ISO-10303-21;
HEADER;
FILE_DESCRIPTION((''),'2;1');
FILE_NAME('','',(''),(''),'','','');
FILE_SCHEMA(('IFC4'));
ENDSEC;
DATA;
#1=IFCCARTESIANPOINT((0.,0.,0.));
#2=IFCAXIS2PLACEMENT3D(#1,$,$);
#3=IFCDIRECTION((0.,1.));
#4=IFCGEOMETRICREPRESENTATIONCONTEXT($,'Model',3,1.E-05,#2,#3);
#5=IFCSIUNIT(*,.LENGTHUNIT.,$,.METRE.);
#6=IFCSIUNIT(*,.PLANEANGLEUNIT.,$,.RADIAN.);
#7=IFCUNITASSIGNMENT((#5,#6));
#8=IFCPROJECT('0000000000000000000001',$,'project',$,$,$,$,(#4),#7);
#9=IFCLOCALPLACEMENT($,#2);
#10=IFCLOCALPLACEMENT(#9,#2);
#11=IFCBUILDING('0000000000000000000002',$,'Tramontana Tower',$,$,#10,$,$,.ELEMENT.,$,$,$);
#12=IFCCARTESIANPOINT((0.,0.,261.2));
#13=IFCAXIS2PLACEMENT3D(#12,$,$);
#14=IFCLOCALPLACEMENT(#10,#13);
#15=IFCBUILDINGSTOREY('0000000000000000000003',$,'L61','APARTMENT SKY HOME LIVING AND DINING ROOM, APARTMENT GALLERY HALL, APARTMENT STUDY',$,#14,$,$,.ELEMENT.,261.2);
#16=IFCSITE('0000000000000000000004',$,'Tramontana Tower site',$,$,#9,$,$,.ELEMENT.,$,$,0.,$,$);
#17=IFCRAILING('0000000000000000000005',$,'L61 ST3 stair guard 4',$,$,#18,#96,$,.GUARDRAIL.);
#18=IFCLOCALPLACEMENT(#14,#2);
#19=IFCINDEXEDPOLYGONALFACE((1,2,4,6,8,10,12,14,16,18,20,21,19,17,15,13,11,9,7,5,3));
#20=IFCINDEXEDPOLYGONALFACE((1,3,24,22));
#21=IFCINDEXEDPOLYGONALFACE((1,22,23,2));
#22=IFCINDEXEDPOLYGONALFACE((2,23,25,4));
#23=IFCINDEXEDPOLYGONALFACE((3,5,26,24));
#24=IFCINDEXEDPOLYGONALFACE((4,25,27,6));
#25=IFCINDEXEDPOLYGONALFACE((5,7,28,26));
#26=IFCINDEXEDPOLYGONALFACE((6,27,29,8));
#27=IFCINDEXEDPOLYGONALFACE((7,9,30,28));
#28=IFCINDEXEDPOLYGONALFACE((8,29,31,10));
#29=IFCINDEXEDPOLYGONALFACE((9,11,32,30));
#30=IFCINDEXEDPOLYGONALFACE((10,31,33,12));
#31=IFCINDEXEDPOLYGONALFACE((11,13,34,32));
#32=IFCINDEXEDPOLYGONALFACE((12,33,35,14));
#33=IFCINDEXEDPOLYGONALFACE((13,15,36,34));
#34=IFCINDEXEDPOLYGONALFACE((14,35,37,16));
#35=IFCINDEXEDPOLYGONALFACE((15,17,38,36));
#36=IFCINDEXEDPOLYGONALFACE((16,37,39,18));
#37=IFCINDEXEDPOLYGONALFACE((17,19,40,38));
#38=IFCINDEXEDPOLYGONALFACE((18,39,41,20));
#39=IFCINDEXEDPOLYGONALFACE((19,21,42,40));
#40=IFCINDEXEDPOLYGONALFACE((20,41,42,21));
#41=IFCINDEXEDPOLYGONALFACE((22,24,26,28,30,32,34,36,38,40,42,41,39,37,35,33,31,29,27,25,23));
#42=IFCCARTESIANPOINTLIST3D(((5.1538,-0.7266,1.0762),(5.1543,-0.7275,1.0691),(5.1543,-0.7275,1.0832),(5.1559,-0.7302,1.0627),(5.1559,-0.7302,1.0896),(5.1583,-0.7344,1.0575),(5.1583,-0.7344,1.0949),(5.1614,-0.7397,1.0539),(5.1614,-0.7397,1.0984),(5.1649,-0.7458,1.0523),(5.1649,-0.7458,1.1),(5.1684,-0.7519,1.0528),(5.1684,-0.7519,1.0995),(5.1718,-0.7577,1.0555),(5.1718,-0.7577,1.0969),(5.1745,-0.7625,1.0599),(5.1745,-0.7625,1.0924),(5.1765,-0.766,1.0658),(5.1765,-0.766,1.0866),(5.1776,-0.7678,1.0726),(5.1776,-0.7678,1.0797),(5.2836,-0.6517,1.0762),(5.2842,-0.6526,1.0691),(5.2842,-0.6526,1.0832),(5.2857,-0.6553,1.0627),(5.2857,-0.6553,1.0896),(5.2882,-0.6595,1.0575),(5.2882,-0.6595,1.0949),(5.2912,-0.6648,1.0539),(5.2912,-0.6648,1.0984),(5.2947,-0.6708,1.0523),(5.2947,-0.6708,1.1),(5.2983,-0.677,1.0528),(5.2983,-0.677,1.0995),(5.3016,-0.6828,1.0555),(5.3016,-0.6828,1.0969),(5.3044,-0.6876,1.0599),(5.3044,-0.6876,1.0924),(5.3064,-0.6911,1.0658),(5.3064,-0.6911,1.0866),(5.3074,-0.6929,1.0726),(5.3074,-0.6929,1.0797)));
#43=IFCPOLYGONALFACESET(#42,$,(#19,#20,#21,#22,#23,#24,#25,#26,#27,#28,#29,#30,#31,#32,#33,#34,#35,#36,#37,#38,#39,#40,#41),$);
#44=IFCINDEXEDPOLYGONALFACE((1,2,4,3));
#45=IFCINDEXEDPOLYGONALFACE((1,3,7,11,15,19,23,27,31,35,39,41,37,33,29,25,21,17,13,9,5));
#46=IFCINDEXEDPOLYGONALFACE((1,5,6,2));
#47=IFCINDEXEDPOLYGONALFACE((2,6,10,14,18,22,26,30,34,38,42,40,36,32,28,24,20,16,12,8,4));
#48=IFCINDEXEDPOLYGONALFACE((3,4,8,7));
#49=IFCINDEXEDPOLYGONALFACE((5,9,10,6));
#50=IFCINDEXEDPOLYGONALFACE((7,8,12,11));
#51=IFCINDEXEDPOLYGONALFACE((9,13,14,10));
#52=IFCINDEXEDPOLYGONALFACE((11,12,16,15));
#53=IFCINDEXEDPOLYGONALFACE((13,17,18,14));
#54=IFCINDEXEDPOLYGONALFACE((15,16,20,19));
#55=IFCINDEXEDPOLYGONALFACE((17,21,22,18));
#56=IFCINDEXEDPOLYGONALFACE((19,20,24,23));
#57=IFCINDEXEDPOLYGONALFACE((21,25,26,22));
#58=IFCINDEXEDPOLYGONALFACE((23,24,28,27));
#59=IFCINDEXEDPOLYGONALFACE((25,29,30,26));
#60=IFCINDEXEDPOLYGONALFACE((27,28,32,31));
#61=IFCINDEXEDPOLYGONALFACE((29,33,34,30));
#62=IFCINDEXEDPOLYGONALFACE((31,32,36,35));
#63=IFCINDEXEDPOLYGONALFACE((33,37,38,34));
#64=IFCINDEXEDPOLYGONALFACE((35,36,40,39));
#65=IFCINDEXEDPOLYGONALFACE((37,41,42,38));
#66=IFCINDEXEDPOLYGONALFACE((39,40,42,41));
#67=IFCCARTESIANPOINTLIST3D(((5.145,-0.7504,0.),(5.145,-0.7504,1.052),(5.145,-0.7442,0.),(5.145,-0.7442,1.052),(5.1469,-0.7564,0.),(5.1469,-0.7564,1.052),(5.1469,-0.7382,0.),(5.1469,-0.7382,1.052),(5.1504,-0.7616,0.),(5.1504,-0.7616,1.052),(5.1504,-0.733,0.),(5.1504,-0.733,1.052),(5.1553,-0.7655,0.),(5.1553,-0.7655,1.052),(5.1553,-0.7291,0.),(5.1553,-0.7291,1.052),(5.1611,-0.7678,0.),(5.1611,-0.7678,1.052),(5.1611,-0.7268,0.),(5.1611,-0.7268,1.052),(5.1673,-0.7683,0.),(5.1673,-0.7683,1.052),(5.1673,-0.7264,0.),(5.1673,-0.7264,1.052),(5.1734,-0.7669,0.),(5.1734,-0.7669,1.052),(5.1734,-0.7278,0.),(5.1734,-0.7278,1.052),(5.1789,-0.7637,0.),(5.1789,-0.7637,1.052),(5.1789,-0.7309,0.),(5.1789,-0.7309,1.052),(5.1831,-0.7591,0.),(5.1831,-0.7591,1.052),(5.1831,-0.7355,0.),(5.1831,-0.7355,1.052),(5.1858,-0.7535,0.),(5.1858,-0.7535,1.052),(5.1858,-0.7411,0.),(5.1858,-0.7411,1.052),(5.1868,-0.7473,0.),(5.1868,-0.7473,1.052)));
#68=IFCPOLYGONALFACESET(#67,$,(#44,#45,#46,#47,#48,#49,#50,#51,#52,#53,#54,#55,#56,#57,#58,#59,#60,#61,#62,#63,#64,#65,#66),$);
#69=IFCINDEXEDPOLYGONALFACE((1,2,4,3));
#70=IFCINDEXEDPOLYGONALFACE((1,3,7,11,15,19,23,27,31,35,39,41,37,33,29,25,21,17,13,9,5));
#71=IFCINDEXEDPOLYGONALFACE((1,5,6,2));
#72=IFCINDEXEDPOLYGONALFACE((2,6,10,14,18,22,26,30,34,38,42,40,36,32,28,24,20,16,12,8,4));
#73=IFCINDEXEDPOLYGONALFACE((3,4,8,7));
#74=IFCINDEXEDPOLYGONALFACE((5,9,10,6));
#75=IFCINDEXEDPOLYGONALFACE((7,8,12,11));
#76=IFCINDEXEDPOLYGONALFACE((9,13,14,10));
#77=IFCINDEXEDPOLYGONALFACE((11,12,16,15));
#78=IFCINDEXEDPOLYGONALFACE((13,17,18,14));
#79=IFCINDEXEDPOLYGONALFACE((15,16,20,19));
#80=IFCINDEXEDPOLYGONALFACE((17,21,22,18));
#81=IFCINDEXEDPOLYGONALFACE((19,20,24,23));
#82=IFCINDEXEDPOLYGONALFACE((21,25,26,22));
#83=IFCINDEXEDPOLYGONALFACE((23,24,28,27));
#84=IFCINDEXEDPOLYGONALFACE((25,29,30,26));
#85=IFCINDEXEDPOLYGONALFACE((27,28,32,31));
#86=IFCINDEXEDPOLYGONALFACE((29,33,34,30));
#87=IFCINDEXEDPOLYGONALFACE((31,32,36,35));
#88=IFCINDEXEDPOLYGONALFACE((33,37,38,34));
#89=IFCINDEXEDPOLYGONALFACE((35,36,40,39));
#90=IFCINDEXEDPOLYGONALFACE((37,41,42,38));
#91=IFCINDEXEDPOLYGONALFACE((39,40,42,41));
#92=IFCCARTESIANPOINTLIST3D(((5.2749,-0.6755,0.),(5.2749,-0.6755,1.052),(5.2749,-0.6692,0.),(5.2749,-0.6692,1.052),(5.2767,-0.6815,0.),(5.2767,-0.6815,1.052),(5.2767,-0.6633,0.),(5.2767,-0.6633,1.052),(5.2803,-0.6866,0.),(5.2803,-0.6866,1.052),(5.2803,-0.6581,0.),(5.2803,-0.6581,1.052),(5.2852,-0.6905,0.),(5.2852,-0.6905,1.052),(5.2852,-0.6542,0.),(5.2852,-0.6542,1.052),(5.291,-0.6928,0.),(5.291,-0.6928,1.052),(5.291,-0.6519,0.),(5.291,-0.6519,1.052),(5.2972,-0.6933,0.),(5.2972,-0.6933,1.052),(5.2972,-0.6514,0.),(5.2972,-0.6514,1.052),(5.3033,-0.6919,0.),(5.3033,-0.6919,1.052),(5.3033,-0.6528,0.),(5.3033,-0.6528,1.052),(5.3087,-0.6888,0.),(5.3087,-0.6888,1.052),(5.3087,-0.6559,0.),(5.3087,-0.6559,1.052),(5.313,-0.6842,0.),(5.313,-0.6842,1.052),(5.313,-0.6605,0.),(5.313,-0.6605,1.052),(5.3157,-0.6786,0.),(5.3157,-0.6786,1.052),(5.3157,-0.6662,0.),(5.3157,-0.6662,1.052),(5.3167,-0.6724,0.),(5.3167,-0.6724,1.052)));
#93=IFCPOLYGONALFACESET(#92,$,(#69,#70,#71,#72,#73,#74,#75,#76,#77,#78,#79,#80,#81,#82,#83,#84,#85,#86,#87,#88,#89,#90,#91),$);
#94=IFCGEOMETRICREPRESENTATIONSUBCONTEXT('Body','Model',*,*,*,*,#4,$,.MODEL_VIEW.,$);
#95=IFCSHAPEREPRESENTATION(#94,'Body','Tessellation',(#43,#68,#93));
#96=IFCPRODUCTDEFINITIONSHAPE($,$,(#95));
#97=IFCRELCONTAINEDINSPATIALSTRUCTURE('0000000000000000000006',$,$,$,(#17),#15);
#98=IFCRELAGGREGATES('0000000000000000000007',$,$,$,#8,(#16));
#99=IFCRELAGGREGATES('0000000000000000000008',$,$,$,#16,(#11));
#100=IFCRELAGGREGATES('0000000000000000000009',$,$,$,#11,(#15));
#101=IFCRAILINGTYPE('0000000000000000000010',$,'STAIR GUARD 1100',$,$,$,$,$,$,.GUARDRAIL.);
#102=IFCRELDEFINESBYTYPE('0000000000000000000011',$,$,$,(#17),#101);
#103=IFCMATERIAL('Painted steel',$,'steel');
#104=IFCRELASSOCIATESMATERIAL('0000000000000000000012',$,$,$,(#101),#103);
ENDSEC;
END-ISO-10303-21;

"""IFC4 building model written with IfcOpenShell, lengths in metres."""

from ifc_helpers import new_model, si_unit, direction, frame, origin, origin_2d, place, context, subcontext, project, spatial, circle, extrude, material, type_object, element, save


model = new_model("IFC4")

# Units and contexts
model_context = context("Model", 3, precision=1e-05, world=origin(), true_north=direction((0.0, 1.0)))
body_context = subcontext(model_context, "Body", "Model", "MODEL_VIEW")
ifc_project = project(units=[si_unit("LENGTHUNIT", "METRE"), si_unit("PLANEANGLEUNIT", "RADIAN")], contexts=[model_context])

# Site, building, storey
site_placement = place(None, origin())
site = spatial("IfcSite", under=ifc_project, at=site_placement, Name="Tramontana Tower site", CompositionType="ELEMENT", RefElevation=0.0)
building_placement = place(site_placement, origin())
building = spatial("IfcBuilding", under=site, at=building_placement, Name="Tramontana Tower", CompositionType="ELEMENT")
storey_placement = place(building_placement, frame((0.0, 0.0, 261.2)))
storey = spatial("IfcBuildingStorey", under=building, at=storey_placement, Name="L61", Description="APARTMENT SKY HOME LIVING AND DINING ROOM, APARTMENT GALLERY HALL, APARTMENT STUDY", CompositionType="ELEMENT", Elevation=261.2)

# Railing
ifc_material_1 = material(Name="Painted steel", Category="steel")
railing_type_1 = type_object("IfcRailingType", Name="STAIR GUARD 1100", PredefinedType="GUARDRAIL", material=ifc_material_1)
railing_1_placement = place(storey_placement, frame((5.1658, -0.7473, 0.0)))
element("IfcRailing", 1, at=railing_1_placement, inside=storey, type_object=railing_type_1, Name="L61 ST3 stair guard 4", PredefinedType="GUARDRAIL", context=body_context, shape_type="SweptSolid", body=[
    extrude(circle(Radius=0.0239, at=origin_2d()), frame((0.0, 0.0, 1.0762), z_axis=(0.866131, 0.499816, 0.0), x_axis=(-0.499816, 0.866131, 0.0)), (0.0, 0.0, 1.0), 0.1499),
    extrude(circle(Radius=0.021, at=origin_2d()), origin(), (0.0, 0.0, 1.0), 1.052),
    extrude(circle(Radius=0.021, at=origin_2d()), frame((0.1299, 0.075, 0.0)), (0.0, 0.0, 1.0), 1.052),
])

save(model, "model.ifc")
